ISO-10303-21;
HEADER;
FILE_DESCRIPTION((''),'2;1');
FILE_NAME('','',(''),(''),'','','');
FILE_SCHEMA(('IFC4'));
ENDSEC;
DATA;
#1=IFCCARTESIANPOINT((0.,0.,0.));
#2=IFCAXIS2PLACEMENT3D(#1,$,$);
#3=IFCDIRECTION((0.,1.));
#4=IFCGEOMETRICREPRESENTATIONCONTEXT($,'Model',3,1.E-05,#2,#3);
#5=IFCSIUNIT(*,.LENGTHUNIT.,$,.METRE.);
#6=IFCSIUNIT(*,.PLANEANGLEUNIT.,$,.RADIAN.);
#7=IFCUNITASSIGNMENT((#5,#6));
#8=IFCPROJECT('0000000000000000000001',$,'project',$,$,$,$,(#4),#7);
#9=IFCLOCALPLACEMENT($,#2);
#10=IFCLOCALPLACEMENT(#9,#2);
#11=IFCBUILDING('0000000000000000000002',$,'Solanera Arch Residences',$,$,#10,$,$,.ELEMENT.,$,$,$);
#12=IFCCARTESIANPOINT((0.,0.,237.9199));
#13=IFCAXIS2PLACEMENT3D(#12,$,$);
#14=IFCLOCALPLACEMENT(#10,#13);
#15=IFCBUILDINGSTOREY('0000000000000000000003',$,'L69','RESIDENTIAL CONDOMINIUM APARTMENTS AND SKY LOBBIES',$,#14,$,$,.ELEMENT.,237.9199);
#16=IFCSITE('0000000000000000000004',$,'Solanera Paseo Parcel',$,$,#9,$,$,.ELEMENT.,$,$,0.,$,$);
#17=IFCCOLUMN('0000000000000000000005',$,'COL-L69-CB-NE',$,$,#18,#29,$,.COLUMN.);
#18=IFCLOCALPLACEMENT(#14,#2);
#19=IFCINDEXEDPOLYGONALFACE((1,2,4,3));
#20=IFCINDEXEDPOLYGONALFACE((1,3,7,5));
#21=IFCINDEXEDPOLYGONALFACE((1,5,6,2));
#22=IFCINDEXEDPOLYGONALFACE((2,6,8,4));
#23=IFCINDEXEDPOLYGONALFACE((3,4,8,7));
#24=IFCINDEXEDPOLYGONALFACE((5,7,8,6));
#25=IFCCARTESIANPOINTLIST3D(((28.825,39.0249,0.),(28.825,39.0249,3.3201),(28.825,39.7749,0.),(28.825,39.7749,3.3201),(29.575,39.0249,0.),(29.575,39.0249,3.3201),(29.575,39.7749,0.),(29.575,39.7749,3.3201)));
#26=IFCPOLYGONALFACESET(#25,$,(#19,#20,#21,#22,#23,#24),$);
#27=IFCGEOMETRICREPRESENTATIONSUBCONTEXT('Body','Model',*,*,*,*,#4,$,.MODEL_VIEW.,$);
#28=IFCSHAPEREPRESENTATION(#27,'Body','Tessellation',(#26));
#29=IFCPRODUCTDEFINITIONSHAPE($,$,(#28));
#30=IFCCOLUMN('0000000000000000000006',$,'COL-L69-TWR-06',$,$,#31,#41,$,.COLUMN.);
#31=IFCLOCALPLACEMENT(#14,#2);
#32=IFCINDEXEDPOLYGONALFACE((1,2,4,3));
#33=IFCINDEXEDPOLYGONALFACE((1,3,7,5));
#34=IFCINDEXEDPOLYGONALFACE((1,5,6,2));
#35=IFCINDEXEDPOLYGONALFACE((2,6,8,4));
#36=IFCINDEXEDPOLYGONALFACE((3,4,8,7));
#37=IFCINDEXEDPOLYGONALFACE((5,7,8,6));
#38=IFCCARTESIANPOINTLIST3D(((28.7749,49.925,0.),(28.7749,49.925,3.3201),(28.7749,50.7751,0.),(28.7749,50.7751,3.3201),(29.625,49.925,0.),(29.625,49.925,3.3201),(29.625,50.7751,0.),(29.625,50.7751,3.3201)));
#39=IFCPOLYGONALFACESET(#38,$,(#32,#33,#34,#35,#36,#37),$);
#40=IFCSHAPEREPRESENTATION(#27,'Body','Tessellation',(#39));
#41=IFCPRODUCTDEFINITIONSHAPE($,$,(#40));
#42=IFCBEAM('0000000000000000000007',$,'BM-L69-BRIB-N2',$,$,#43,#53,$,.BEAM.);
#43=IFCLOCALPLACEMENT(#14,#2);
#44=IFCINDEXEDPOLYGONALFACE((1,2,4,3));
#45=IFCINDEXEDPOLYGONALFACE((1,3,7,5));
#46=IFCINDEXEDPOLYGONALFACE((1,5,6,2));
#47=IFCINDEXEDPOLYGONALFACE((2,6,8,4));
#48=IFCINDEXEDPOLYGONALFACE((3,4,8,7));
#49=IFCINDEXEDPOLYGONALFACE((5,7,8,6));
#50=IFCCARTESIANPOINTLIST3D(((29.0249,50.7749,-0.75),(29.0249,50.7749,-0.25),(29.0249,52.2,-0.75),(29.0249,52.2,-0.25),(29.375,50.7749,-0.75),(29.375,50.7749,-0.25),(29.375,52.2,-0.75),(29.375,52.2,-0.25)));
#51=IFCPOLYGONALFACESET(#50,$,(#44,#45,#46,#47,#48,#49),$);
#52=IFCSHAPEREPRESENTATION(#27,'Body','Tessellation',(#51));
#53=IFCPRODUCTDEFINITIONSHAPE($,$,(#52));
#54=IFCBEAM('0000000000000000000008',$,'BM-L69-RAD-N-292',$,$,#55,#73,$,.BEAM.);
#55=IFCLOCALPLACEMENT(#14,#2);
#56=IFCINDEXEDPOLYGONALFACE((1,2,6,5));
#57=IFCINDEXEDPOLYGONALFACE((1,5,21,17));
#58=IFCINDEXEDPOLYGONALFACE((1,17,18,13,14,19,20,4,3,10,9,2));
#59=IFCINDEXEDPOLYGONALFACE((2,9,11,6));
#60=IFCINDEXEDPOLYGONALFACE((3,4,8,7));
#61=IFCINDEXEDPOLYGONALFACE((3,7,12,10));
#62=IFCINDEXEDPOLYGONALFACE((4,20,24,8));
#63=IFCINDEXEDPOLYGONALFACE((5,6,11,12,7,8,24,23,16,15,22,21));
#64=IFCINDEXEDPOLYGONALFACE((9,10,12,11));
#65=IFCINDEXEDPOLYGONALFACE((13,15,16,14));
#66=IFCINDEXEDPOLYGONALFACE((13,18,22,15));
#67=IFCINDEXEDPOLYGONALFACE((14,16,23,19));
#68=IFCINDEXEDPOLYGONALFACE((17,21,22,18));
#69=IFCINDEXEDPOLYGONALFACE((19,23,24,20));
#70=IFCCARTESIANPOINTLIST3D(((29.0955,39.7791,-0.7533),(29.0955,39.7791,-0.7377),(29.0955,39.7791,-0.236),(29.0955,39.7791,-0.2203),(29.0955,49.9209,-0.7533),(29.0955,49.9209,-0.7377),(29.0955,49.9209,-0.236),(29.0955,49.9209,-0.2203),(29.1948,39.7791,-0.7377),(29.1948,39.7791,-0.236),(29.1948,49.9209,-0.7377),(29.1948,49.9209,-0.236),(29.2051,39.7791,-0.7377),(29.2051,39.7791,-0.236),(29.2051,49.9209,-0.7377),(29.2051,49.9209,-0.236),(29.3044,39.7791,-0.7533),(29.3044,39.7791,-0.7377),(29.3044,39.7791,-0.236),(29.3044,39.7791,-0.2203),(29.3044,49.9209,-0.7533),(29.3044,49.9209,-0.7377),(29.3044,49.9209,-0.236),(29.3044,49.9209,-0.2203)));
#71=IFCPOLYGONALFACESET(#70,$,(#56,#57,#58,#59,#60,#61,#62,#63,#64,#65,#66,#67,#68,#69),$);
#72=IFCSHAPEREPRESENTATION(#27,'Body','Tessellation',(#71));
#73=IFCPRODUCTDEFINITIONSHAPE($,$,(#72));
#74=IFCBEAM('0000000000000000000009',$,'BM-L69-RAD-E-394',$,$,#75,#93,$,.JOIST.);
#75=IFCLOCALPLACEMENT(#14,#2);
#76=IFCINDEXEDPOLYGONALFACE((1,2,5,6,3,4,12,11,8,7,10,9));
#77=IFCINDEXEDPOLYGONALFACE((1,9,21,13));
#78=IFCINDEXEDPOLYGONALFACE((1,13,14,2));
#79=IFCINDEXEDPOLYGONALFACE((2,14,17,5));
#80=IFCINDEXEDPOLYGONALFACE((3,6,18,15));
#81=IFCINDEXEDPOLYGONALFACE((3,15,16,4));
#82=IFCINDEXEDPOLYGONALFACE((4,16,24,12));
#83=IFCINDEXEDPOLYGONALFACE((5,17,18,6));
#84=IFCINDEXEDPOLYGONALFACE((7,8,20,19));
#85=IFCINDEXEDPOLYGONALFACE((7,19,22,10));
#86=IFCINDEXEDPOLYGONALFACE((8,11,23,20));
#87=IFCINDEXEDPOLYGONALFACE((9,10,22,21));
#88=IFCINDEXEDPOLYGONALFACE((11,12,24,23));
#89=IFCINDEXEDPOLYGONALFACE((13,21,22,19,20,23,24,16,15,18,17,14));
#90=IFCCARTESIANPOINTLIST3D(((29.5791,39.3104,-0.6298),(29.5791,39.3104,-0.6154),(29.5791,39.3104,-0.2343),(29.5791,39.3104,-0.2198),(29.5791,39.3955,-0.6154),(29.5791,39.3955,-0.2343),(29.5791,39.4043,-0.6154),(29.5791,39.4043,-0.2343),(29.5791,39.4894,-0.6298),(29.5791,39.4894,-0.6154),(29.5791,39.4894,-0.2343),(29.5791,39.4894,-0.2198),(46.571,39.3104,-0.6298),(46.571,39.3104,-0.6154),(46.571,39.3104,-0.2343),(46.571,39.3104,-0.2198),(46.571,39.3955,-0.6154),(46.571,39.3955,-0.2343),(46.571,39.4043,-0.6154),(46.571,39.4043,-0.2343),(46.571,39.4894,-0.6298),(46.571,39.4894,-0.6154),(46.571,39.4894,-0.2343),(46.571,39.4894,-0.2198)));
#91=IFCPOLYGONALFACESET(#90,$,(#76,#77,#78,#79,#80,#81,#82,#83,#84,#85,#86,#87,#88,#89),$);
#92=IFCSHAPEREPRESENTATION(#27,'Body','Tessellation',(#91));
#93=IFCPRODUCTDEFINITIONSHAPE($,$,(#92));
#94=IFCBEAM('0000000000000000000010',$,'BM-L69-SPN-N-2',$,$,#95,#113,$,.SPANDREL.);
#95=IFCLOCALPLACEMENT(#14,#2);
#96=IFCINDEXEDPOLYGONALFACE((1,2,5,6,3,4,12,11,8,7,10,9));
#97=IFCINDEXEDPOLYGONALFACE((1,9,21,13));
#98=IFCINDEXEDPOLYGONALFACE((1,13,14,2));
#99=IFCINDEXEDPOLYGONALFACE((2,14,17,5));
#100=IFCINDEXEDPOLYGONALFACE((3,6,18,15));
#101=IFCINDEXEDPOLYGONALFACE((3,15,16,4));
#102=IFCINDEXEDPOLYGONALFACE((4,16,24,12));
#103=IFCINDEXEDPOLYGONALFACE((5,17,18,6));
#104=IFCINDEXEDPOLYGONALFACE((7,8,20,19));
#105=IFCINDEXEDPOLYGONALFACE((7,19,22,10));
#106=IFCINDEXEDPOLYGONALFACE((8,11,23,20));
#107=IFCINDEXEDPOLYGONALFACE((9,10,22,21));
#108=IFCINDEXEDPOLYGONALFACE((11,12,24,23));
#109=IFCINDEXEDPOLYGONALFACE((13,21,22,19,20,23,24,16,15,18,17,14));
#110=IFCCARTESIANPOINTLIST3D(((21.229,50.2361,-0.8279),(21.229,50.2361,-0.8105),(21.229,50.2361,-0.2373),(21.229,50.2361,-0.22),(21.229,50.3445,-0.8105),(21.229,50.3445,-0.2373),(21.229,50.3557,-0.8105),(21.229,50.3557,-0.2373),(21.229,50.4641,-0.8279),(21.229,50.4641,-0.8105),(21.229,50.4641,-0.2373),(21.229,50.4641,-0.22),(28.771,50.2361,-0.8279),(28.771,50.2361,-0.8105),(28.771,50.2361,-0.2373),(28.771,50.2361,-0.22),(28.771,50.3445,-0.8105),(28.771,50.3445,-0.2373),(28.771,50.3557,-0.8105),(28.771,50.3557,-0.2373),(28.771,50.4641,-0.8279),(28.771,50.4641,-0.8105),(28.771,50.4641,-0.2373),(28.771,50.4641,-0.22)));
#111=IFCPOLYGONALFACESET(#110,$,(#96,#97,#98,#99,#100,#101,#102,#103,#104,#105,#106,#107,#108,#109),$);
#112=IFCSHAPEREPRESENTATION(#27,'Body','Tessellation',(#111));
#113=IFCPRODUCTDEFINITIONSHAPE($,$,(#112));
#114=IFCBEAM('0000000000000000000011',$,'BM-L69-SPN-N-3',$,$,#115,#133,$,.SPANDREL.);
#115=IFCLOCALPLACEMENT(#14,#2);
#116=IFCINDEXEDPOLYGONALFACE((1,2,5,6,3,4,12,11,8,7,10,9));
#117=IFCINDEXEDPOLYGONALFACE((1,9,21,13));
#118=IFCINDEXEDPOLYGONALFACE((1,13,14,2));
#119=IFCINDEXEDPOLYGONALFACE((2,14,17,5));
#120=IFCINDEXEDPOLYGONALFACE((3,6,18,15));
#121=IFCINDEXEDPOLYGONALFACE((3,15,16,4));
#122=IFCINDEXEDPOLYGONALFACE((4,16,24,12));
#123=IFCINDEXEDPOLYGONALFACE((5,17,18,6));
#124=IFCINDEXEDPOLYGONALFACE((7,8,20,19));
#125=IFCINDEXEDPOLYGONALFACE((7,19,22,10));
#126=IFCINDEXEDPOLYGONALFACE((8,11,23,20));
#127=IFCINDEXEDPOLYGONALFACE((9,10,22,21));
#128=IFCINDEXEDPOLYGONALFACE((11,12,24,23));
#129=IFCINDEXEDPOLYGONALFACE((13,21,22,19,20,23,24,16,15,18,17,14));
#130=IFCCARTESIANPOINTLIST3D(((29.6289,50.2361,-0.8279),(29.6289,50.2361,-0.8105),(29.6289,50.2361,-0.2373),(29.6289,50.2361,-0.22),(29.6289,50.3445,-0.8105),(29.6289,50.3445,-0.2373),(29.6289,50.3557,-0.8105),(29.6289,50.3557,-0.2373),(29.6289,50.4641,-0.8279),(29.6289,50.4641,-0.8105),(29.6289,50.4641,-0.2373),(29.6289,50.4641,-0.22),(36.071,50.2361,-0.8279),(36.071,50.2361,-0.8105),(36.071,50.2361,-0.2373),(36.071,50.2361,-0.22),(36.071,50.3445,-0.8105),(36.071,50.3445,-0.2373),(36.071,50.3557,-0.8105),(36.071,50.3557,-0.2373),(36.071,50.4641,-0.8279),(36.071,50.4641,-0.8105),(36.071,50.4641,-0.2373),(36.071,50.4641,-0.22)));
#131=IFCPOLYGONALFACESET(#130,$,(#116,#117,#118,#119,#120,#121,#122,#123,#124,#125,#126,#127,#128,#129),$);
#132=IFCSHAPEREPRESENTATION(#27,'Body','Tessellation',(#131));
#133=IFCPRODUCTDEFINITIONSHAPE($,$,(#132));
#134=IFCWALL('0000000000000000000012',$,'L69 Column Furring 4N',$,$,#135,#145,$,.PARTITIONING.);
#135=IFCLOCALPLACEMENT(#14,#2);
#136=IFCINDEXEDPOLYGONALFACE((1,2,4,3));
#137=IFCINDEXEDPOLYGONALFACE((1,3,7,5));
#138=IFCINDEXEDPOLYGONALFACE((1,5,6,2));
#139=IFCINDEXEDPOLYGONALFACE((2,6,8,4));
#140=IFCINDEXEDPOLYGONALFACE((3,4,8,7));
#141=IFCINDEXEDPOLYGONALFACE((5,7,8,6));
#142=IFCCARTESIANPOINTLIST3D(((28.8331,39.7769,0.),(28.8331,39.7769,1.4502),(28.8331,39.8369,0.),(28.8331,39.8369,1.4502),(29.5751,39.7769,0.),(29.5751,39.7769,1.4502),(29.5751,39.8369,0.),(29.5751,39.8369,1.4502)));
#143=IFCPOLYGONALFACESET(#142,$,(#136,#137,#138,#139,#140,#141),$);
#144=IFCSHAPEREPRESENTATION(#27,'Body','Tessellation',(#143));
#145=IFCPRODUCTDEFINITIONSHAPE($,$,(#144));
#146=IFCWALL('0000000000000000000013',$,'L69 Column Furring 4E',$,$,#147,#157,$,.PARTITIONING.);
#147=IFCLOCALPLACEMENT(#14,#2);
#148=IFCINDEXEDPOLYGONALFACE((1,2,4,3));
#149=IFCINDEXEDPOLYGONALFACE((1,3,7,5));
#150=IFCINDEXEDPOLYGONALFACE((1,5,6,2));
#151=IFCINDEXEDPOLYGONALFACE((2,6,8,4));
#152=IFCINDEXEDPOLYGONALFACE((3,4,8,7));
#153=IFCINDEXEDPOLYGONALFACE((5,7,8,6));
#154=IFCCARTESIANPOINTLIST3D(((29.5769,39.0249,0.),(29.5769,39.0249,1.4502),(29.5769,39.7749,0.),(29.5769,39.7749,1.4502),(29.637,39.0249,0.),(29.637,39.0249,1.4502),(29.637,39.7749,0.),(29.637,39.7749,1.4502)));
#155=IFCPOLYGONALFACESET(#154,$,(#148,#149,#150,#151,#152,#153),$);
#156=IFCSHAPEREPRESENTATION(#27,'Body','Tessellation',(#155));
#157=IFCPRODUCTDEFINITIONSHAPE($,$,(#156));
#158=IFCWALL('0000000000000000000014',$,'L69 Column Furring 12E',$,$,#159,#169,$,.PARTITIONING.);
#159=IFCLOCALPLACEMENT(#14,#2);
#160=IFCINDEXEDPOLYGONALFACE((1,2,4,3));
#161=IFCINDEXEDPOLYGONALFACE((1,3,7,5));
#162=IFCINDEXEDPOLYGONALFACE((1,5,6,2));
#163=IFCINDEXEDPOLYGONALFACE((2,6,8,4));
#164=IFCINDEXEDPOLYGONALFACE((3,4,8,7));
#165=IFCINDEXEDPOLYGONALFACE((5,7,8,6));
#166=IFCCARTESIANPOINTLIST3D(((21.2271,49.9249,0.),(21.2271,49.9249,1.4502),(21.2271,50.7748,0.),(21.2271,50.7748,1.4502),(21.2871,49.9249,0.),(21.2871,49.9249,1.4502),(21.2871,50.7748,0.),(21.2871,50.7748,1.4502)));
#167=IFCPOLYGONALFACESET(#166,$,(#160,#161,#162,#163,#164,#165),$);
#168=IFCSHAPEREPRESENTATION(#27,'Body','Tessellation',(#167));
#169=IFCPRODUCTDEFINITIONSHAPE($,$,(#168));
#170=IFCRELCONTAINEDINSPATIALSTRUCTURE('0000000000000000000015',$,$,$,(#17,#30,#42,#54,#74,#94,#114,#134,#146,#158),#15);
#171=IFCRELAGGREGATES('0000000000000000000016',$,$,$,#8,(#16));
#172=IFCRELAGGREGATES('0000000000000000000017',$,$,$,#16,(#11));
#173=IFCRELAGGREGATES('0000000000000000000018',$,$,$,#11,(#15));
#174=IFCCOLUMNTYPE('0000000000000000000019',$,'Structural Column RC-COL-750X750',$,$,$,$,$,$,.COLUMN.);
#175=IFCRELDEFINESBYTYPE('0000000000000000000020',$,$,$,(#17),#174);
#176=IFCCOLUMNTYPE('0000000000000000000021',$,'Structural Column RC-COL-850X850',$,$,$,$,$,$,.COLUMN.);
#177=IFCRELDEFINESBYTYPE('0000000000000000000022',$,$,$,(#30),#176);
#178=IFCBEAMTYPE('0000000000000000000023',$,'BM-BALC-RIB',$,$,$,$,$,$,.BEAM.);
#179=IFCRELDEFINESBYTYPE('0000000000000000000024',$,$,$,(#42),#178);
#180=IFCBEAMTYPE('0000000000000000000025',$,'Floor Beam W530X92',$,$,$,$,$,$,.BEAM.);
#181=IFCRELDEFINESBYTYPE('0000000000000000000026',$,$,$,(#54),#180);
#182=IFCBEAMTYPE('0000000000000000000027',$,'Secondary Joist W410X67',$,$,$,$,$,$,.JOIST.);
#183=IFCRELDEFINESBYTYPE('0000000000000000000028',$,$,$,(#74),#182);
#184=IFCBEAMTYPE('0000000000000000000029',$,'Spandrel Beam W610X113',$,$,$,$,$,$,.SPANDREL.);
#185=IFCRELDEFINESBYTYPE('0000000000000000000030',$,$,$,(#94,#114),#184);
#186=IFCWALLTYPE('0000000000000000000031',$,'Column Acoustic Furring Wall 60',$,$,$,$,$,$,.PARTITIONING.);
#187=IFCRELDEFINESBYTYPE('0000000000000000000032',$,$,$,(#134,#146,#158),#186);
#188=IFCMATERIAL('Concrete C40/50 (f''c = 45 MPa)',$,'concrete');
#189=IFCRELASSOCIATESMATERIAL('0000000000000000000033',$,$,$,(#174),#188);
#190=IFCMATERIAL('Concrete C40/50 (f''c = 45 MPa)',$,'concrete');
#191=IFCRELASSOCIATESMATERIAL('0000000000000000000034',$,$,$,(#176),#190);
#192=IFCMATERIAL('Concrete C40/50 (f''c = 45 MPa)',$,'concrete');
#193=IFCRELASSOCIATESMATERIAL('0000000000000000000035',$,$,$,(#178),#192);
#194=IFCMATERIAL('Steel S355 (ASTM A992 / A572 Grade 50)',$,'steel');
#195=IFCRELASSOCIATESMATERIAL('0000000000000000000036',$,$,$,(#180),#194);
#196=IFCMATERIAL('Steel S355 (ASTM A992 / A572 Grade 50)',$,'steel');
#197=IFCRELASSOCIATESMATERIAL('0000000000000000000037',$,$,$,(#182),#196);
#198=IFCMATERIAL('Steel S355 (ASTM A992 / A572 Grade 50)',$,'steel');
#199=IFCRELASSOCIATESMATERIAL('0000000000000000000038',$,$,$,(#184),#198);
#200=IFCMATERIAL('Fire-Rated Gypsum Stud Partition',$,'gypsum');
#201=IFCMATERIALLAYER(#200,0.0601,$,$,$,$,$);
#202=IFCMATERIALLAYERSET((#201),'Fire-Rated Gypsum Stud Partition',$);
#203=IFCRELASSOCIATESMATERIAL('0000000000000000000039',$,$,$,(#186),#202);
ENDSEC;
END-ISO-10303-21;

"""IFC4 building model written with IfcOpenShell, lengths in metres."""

from ifc_helpers import new_model, si_unit, direction, frame, frame_2d, origin, origin_2d, place, context, subcontext, project, spatial, rectangle, i_section, extrude, material, layer, layer_set, material_profile, profile_set, type_object, element, save


model = new_model("IFC4")

# Units and contexts
model_context = context("Model", 3, precision=1e-05, world=origin(), true_north=direction((0.0, 1.0)))
body_context = subcontext(model_context, "Body", "Model", "MODEL_VIEW")
ifc_project = project(units=[si_unit("LENGTHUNIT", "METRE"), si_unit("PLANEANGLEUNIT", "RADIAN")], contexts=[model_context])

# Site, building, storey
site_placement = place(None, origin())
site = spatial("IfcSite", under=ifc_project, at=site_placement, Name="Solanera Paseo Parcel", CompositionType="ELEMENT", RefElevation=0.0)
building_placement = place(site_placement, origin())
building = spatial("IfcBuilding", under=site, at=building_placement, Name="Solanera Arch Residences", CompositionType="ELEMENT")
storey_placement = place(building_placement, frame((0.0, 0.0, 237.9199)))
storey = spatial("IfcBuildingStorey", under=building, at=storey_placement, Name="L69", Description="RESIDENTIAL CONDOMINIUM APARTMENTS AND SKY LOBBIES", CompositionType="ELEMENT", Elevation=237.9199)

# Columns
ifc_material_1 = material(Name="Concrete C40/50 (f'c = 45 MPa)", Category="concrete")
ifc_material_profile_1 = material_profile(ifc_material_1, rectangle(XDim=0.75, YDim=0.75, at=origin_2d()))
ifc_profile_set_1 = profile_set([ifc_material_profile_1], Name="Concrete C40/50 (f'c = 45 MPa)")
column_type_1 = type_object("IfcColumnType", Name="Structural Column RC-COL-750X750", PredefinedType="COLUMN", material=ifc_profile_set_1)
column_1_placement = place(storey_placement, frame((29.2, 39.3999, 0.0), z_axis=(0.0, 0.0, 1.0), x_axis=(1.0, 0.0, 0.0)))
element("IfcColumn", 1, at=column_1_placement, inside=storey, type_object=column_type_1, Name="COL-L69-CB-NE", PredefinedType="COLUMN", context=body_context, shape_type="SweptSolid", body=[
    extrude(rectangle(XDim=0.75, YDim=0.75, at=origin_2d()), origin(), (0.0, 0.0, 1.0), 3.3201),
])
ifc_material_2 = material(Name="Concrete C40/50 (f'c = 45 MPa)", Category="concrete")
ifc_material_profile_2 = material_profile(ifc_material_2, rectangle(XDim=0.8501, YDim=0.8501, at=origin_2d()))
ifc_profile_set_2 = profile_set([ifc_material_profile_2], Name="Concrete C40/50 (f'c = 45 MPa)")
column_type_2 = type_object("IfcColumnType", Name="Structural Column RC-COL-850X850", PredefinedType="COLUMN", material=ifc_profile_set_2)
column_2_placement = place(storey_placement, frame((29.2, 50.3501, 0.0), z_axis=(0.0, 0.0, 1.0), x_axis=(1.0, 0.0, 0.0)))
element("IfcColumn", 2, at=column_2_placement, inside=storey, type_object=column_type_2, Name="COL-L69-TWR-06", PredefinedType="COLUMN", context=body_context, shape_type="SweptSolid", body=[
    extrude(rectangle(XDim=0.8501, YDim=0.8501, at=origin_2d()), origin(), (0.0, 0.0, 1.0), 3.3201),
])

# Beams
ifc_material_3 = material(Name="Concrete C40/50 (f'c = 45 MPa)", Category="concrete")
ifc_material_profile_3 = material_profile(ifc_material_3, rectangle(XDim=0.3501, YDim=0.5, at=origin_2d()))
ifc_profile_set_3 = profile_set([ifc_material_profile_3], Name="Concrete C40/50 (f'c = 45 MPa)")
beam_type_1 = type_object("IfcBeamType", Name="BM-BALC-RIB", PredefinedType="BEAM", material=ifc_profile_set_3)
beam_1_placement = place(storey_placement, frame((29.2, 50.7749, -0.5), z_axis=(0.0, 1.0, 0.0), x_axis=(-1.0, 0.0, 0.0)))
element("IfcBeam", 3, at=beam_1_placement, inside=storey, type_object=beam_type_1, Name="BM-L69-BRIB-N2", PredefinedType="BEAM", context=body_context, shape_type="SweptSolid", body=[
    extrude(rectangle(XDim=0.3501, YDim=0.5, at=origin_2d()), origin(), (0.0, 0.0, 1.0), 1.425),
])
ifc_material_4 = material(Name="Steel S355 (ASTM A992 / A572 Grade 50)", Category="steel")
ifc_material_profile_4 = material_profile(ifc_material_4, i_section(OverallWidth=0.209, OverallDepth=0.533, WebThickness=0.0103, FlangeThickness=0.0156, at=origin_2d()))
ifc_profile_set_4 = profile_set([ifc_material_profile_4], Name="Steel S355 (ASTM A992 / A572 Grade 50)")
beam_type_2 = type_object("IfcBeamType", Name="Floor Beam W530X92", PredefinedType="BEAM", material=ifc_profile_set_4)
beam_2_placement = place(storey_placement, frame((29.2, 39.7791, -0.4868), z_axis=(0.0, 1.0, 0.0), x_axis=(-1.0, 0.0, 0.0)))
element("IfcBeam", 4, at=beam_2_placement, inside=storey, type_object=beam_type_2, Name="BM-L69-RAD-N-292", PredefinedType="BEAM", context=body_context, shape_type="SweptSolid", body=[
    extrude(i_section(OverallWidth=0.209, OverallDepth=0.533, WebThickness=0.0103, FlangeThickness=0.0156, at=origin_2d()), origin(), (0.0, 0.0, 1.0), 10.1418),
])
ifc_material_5 = material(Name="Steel S355 (ASTM A992 / A572 Grade 50)", Category="steel")
ifc_material_profile_5 = material_profile(ifc_material_5, i_section(OverallWidth=0.179, OverallDepth=0.4099, WebThickness=0.0088, FlangeThickness=0.0144, at=origin_2d()))
ifc_profile_set_5 = profile_set([ifc_material_profile_5], Name="Steel S355 (ASTM A992 / A572 Grade 50)")
beam_type_3 = type_object("IfcBeamType", Name="Secondary Joist W410X67", PredefinedType="JOIST", material=ifc_profile_set_5)
beam_3_placement = place(storey_placement, frame((29.5791, 39.3999, -0.4248), z_axis=(1.0, 0.0, 0.0), x_axis=(0.0, 1.0, 0.0)))
element("IfcBeam", 5, at=beam_3_placement, inside=storey, type_object=beam_type_3, Name="BM-L69-RAD-E-394", PredefinedType="JOIST", context=body_context, shape_type="SweptSolid", body=[
    extrude(i_section(OverallWidth=0.179, OverallDepth=0.4099, WebThickness=0.0088, FlangeThickness=0.0144, at=origin_2d()), origin(), (0.0, 0.0, 1.0), 16.9919),
])
ifc_material_6 = material(Name="Steel S355 (ASTM A992 / A572 Grade 50)", Category="steel")
ifc_material_profile_6 = material_profile(ifc_material_6, i_section(OverallWidth=0.228, OverallDepth=0.6079, WebThickness=0.0112, FlangeThickness=0.0173, at=origin_2d()))
ifc_profile_set_6 = profile_set([ifc_material_profile_6], Name="Steel S355 (ASTM A992 / A572 Grade 50)")
beam_type_4 = type_object("IfcBeamType", Name="Spandrel Beam W610X113", PredefinedType="SPANDREL", material=ifc_profile_set_6)
beam_4_placement = place(storey_placement, frame((21.229, 50.3501, -0.5239), z_axis=(1.0, 0.0, 0.0), x_axis=(0.0, 1.0, 0.0)))
element("IfcBeam", 6, at=beam_4_placement, inside=storey, type_object=beam_type_4, Name="BM-L69-SPN-N-2", PredefinedType="SPANDREL", context=body_context, shape_type="SweptSolid", body=[
    extrude(i_section(OverallWidth=0.228, OverallDepth=0.6079, WebThickness=0.0112, FlangeThickness=0.0173, at=origin_2d()), origin(), (0.0, 0.0, 1.0), 7.542),
])
beam_5_placement = place(storey_placement, frame((29.6289, 50.3501, -0.5239), z_axis=(1.0, 0.0, 0.0), x_axis=(0.0, 1.0, 0.0)))
element("IfcBeam", 7, at=beam_5_placement, inside=storey, type_object=beam_type_4, Name="BM-L69-SPN-N-3", PredefinedType="SPANDREL", context=body_context, shape_type="SweptSolid", body=[
    extrude(i_section(OverallWidth=0.228, OverallDepth=0.6079, WebThickness=0.0112, FlangeThickness=0.0173, at=origin_2d()), origin(), (0.0, 0.0, 1.0), 6.4421),
])

# Walls
ifc_material_7 = material(Name="Fire-Rated Gypsum Stud Partition", Category="gypsum")
ifc_layer_1 = layer(ifc_material_7, 0.0601)
ifc_layer_set_1 = layer_set([ifc_layer_1], Name="Fire-Rated Gypsum Stud Partition")
wall_type_1 = type_object("IfcWallType", Name="Column Acoustic Furring Wall 60", PredefinedType="PARTITIONING", material=ifc_layer_set_1)
wall_1_placement = place(storey_placement, frame((28.833, 39.8069, 0.0), z_axis=(0.0, 0.0, 1.0), x_axis=(1.0, 0.0, 0.0)))
element("IfcWall", 8, at=wall_1_placement, inside=storey, type_object=wall_type_1, Name="L69 Column Furring 4N", PredefinedType="PARTITIONING", context=body_context, shape_type="SweptSolid", body=[
    extrude(rectangle(XDim=0.7419, YDim=0.0601, at=frame_2d((0.3711, 0.0))), origin(), (0.0, 0.0, 1.0), 1.4502),
])
wall_2_placement = place(storey_placement, frame((29.6069, 39.0249, 0.0), z_axis=(0.0, 0.0, 1.0), x_axis=(0.0, 1.0, 0.0)))
element("IfcWall", 9, at=wall_2_placement, inside=storey, type_object=wall_type_1, Name="L69 Column Furring 4E", PredefinedType="PARTITIONING", context=body_context, shape_type="SweptSolid", body=[
    extrude(rectangle(XDim=0.75, YDim=0.0601, at=frame_2d((0.375, 0.0))), origin(), (0.0, 0.0, 1.0), 1.4502),
])
wall_3_placement = place(storey_placement, frame((21.2571, 49.925, 0.0), z_axis=(0.0, 0.0, 1.0), x_axis=(0.0, 1.0, 0.0)))
element("IfcWall", 10, at=wall_3_placement, inside=storey, type_object=wall_type_1, Name="L69 Column Furring 12E", PredefinedType="PARTITIONING", context=body_context, shape_type="SweptSolid", body=[
    extrude(rectangle(XDim=0.8499, YDim=0.0601, at=frame_2d((0.4248, 0.0))), origin(), (0.0, 0.0, 1.0), 1.4502),
])

save(model, "model.ifc")
